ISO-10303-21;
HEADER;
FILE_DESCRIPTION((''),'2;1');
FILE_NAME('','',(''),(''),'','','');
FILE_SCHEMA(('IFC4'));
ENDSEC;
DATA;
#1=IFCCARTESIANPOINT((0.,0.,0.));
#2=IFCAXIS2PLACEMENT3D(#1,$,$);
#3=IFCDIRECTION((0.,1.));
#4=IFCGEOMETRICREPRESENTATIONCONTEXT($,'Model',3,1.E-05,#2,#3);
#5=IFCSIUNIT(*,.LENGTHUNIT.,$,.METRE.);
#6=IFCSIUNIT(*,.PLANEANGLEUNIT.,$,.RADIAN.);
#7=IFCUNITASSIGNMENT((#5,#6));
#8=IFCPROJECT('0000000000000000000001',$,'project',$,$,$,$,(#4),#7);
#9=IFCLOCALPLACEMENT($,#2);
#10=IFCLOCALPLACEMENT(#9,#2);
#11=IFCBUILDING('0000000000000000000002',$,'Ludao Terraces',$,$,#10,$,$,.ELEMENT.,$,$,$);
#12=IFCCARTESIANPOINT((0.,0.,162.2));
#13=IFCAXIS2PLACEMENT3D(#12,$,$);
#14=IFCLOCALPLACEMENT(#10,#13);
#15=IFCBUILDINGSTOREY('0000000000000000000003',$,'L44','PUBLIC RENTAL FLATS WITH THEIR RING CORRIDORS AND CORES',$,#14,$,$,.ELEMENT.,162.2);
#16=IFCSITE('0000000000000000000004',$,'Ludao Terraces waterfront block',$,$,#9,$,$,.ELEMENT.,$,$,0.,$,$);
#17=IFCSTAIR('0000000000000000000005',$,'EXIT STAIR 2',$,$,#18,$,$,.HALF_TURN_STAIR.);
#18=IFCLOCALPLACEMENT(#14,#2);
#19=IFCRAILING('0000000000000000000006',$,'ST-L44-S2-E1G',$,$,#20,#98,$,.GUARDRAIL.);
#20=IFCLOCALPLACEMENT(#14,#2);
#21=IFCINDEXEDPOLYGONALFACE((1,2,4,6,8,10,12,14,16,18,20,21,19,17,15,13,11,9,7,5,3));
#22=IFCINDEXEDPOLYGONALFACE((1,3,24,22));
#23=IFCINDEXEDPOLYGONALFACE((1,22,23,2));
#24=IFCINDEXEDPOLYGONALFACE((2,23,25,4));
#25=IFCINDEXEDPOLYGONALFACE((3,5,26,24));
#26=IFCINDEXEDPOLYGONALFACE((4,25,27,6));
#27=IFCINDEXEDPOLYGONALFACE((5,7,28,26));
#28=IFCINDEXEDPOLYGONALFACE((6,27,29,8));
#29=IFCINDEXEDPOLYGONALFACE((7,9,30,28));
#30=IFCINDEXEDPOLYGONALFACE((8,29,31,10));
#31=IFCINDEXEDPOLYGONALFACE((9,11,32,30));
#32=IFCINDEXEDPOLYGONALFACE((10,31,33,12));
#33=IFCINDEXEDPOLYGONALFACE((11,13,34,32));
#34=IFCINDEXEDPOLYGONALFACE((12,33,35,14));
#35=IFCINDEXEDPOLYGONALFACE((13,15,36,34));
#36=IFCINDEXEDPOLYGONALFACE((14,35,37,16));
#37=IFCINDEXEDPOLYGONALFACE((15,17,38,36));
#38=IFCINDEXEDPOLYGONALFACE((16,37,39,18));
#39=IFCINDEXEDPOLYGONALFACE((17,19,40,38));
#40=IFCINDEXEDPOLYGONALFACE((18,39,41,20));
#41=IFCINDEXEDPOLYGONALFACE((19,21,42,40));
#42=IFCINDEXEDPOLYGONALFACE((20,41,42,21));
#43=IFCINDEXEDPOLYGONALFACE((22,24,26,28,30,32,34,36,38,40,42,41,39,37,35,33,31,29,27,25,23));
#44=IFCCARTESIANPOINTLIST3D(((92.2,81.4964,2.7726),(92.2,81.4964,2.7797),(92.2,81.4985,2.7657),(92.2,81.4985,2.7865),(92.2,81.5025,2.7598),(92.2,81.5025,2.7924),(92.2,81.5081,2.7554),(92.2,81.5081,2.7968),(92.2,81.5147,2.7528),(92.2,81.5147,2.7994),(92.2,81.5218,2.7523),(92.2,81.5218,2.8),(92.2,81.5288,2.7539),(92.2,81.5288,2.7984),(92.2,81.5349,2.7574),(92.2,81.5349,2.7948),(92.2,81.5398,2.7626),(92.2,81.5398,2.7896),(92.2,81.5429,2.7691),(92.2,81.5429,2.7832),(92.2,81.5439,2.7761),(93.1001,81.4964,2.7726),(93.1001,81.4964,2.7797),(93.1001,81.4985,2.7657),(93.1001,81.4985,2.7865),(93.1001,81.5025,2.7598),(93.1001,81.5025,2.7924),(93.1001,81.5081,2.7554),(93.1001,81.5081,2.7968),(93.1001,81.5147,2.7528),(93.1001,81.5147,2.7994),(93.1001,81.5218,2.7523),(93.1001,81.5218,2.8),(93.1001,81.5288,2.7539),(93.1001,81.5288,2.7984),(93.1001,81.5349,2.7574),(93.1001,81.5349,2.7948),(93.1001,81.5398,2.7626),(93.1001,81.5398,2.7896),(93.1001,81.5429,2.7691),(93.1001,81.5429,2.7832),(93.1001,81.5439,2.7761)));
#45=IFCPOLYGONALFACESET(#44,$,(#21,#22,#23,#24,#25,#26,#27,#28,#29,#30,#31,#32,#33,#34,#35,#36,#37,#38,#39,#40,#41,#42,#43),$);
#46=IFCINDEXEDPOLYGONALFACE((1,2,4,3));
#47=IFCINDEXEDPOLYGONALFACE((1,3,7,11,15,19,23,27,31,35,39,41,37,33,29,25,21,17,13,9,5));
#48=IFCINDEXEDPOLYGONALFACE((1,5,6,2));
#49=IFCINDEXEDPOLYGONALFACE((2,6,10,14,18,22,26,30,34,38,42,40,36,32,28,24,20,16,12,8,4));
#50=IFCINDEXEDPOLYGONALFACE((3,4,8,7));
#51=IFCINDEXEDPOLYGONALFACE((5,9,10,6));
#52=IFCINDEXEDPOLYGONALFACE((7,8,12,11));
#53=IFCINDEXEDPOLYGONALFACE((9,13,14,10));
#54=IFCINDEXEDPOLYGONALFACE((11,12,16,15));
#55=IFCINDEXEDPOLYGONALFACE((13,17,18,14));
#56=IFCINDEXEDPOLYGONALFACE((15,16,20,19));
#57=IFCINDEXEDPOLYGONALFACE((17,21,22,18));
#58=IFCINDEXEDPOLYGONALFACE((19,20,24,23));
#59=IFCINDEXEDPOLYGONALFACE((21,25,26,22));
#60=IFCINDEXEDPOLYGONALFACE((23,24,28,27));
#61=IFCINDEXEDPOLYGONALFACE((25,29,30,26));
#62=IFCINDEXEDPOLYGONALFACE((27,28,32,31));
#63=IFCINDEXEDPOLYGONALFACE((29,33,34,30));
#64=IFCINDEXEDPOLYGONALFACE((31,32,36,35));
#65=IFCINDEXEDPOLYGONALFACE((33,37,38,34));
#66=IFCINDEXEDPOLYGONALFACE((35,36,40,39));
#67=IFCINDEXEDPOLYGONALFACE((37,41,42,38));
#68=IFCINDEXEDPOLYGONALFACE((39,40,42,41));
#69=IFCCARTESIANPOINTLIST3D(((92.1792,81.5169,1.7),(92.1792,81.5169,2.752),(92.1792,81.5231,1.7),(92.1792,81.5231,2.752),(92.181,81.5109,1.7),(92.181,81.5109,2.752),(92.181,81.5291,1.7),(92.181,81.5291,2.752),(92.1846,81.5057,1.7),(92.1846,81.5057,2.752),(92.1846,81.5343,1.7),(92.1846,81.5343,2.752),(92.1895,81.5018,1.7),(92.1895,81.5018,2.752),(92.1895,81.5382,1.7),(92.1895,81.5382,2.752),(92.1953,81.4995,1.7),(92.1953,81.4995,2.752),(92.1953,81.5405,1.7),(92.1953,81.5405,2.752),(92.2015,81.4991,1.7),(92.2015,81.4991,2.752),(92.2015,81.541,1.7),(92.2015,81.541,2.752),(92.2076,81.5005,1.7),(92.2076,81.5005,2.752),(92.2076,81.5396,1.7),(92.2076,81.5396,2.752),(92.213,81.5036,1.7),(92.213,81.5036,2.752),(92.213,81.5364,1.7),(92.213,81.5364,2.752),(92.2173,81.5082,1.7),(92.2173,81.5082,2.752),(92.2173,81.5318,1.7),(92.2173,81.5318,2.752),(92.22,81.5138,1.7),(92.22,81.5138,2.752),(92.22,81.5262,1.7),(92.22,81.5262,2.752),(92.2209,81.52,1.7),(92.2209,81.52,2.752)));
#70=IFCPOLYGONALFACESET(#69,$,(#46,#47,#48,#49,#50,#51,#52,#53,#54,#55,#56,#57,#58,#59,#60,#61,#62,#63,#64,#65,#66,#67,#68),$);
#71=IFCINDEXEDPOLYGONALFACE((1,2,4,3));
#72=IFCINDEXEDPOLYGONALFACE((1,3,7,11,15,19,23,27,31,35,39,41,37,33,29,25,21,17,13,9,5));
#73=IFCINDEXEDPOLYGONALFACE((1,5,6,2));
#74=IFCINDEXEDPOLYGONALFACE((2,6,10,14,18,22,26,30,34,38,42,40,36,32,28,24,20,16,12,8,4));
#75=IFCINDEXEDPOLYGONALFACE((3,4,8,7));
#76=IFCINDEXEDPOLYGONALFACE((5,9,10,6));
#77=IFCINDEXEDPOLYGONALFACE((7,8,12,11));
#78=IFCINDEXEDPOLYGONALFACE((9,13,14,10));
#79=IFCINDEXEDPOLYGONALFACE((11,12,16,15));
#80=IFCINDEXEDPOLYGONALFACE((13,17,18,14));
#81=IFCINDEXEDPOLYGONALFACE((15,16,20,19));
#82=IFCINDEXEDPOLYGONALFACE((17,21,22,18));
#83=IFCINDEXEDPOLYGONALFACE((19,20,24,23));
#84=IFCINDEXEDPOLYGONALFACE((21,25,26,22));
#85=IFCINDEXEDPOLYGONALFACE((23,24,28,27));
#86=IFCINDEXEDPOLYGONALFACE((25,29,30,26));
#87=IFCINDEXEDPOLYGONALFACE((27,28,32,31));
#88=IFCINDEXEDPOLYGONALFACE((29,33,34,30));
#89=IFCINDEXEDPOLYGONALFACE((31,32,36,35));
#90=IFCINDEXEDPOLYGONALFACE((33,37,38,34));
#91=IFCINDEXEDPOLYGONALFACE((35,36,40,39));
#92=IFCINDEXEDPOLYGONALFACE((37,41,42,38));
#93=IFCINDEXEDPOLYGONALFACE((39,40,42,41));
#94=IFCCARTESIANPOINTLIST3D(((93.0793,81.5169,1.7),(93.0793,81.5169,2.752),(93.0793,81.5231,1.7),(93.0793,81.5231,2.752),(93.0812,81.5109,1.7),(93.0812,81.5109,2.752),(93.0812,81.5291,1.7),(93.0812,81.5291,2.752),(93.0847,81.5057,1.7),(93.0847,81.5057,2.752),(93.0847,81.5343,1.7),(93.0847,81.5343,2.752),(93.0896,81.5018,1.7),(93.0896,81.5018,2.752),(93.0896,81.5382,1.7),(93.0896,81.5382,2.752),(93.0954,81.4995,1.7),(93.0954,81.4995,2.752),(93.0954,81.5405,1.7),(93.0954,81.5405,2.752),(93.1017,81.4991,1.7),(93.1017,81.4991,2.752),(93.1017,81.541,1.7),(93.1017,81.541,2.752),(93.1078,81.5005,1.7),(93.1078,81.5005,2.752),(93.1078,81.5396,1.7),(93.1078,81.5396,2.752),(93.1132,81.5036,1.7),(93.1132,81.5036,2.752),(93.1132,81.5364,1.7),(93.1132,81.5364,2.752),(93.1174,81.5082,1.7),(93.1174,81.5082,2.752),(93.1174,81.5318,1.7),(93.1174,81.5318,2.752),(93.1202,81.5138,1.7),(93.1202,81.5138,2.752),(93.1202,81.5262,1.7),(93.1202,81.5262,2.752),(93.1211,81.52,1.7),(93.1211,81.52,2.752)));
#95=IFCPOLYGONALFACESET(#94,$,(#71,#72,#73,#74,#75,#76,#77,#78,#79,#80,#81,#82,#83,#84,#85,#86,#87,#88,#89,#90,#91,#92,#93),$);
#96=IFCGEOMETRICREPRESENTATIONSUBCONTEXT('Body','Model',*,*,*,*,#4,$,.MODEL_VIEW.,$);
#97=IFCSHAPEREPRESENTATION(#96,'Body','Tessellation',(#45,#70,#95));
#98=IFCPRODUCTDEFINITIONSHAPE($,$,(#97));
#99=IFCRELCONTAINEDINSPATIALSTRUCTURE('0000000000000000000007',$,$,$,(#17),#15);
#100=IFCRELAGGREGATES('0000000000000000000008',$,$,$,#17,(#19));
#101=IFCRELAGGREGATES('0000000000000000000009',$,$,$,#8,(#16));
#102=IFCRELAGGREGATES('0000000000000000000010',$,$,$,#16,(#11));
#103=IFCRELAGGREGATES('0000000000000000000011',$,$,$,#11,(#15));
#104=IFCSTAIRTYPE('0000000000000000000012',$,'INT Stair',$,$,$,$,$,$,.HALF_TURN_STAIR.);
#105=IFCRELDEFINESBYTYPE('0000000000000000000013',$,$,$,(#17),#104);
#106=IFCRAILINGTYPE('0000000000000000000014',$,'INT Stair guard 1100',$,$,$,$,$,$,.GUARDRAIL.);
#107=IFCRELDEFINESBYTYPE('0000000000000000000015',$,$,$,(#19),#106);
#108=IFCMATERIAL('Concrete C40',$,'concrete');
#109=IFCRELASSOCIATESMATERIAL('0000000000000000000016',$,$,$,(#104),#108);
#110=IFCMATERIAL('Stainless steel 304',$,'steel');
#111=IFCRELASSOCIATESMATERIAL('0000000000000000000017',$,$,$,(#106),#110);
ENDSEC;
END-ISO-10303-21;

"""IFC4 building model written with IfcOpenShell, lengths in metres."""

from ifc_helpers import new_model, si_unit, direction, frame, origin, origin_2d, place, context, subcontext, project, spatial, circle, extrude, material, type_object, element, aggregate, save


model = new_model("IFC4")

# Units and contexts
model_context = context("Model", 3, precision=1e-05, world=origin(), true_north=direction((0.0, 1.0)))
body_context = subcontext(model_context, "Body", "Model", "MODEL_VIEW")
ifc_project = project(units=[si_unit("LENGTHUNIT", "METRE"), si_unit("PLANEANGLEUNIT", "RADIAN")], contexts=[model_context])

# Site, building, storey
site_placement = place(None, origin())
site = spatial("IfcSite", under=ifc_project, at=site_placement, Name="Ludao Terraces waterfront block", CompositionType="ELEMENT", RefElevation=0.0)
building_placement = place(site_placement, origin())
building = spatial("IfcBuilding", under=site, at=building_placement, Name="Ludao Terraces", CompositionType="ELEMENT")
storey_placement = place(building_placement, frame((0.0, 0.0, 162.2)))
storey = spatial("IfcBuildingStorey", under=building, at=storey_placement, Name="L44", Description="PUBLIC RENTAL FLATS WITH THEIR RING CORRIDORS AND CORES", CompositionType="ELEMENT", Elevation=162.2)

# Shared definitions
ifc_material_1 = material(Name="Stainless steel 304", Category="steel")

# Stair, railing
ifc_material_2 = material(Name="Concrete C40", Category="concrete")
stair_type = type_object("IfcStairType", Name="INT Stair", PredefinedType="HALF_TURN_STAIR", material=ifc_material_2)
stair_placement = place(storey_placement, origin())
stair = element("IfcStair", 1, at=stair_placement, inside=storey, type_object=stair_type, Name="EXIT STAIR 2", PredefinedType="HALF_TURN_STAIR")
railing_type = type_object("IfcRailingType", Name="INT Stair guard 1100", PredefinedType="GUARDRAIL", material=ifc_material_1)
railing_1_placement = place(storey_placement, frame((92.2, 81.52, 1.7)))
railing_1 = element("IfcRailing", 2, at=railing_1_placement, type_object=railing_type, Name="ST-L44-S2-E1G", PredefinedType="GUARDRAIL", context=body_context, shape_type="SweptSolid", body=[
    extrude(circle(Radius=0.0239, at=origin_2d()), frame((0.0, 0.0, 1.0762), z_axis=(1.0, 0.0, 0.0), x_axis=(0.0, 1.0, 0.0)), (0.0, 0.0, 1.0), 0.9001),
    extrude(circle(Radius=0.021, at=origin_2d()), origin(), (0.0, 0.0, 1.0), 1.052),
    extrude(circle(Radius=0.021, at=origin_2d()), frame((0.9001, 0.0, 0.0)), (0.0, 0.0, 1.0), 1.052),
])
aggregate(stair, [railing_1])

save(model, "model.ifc")
